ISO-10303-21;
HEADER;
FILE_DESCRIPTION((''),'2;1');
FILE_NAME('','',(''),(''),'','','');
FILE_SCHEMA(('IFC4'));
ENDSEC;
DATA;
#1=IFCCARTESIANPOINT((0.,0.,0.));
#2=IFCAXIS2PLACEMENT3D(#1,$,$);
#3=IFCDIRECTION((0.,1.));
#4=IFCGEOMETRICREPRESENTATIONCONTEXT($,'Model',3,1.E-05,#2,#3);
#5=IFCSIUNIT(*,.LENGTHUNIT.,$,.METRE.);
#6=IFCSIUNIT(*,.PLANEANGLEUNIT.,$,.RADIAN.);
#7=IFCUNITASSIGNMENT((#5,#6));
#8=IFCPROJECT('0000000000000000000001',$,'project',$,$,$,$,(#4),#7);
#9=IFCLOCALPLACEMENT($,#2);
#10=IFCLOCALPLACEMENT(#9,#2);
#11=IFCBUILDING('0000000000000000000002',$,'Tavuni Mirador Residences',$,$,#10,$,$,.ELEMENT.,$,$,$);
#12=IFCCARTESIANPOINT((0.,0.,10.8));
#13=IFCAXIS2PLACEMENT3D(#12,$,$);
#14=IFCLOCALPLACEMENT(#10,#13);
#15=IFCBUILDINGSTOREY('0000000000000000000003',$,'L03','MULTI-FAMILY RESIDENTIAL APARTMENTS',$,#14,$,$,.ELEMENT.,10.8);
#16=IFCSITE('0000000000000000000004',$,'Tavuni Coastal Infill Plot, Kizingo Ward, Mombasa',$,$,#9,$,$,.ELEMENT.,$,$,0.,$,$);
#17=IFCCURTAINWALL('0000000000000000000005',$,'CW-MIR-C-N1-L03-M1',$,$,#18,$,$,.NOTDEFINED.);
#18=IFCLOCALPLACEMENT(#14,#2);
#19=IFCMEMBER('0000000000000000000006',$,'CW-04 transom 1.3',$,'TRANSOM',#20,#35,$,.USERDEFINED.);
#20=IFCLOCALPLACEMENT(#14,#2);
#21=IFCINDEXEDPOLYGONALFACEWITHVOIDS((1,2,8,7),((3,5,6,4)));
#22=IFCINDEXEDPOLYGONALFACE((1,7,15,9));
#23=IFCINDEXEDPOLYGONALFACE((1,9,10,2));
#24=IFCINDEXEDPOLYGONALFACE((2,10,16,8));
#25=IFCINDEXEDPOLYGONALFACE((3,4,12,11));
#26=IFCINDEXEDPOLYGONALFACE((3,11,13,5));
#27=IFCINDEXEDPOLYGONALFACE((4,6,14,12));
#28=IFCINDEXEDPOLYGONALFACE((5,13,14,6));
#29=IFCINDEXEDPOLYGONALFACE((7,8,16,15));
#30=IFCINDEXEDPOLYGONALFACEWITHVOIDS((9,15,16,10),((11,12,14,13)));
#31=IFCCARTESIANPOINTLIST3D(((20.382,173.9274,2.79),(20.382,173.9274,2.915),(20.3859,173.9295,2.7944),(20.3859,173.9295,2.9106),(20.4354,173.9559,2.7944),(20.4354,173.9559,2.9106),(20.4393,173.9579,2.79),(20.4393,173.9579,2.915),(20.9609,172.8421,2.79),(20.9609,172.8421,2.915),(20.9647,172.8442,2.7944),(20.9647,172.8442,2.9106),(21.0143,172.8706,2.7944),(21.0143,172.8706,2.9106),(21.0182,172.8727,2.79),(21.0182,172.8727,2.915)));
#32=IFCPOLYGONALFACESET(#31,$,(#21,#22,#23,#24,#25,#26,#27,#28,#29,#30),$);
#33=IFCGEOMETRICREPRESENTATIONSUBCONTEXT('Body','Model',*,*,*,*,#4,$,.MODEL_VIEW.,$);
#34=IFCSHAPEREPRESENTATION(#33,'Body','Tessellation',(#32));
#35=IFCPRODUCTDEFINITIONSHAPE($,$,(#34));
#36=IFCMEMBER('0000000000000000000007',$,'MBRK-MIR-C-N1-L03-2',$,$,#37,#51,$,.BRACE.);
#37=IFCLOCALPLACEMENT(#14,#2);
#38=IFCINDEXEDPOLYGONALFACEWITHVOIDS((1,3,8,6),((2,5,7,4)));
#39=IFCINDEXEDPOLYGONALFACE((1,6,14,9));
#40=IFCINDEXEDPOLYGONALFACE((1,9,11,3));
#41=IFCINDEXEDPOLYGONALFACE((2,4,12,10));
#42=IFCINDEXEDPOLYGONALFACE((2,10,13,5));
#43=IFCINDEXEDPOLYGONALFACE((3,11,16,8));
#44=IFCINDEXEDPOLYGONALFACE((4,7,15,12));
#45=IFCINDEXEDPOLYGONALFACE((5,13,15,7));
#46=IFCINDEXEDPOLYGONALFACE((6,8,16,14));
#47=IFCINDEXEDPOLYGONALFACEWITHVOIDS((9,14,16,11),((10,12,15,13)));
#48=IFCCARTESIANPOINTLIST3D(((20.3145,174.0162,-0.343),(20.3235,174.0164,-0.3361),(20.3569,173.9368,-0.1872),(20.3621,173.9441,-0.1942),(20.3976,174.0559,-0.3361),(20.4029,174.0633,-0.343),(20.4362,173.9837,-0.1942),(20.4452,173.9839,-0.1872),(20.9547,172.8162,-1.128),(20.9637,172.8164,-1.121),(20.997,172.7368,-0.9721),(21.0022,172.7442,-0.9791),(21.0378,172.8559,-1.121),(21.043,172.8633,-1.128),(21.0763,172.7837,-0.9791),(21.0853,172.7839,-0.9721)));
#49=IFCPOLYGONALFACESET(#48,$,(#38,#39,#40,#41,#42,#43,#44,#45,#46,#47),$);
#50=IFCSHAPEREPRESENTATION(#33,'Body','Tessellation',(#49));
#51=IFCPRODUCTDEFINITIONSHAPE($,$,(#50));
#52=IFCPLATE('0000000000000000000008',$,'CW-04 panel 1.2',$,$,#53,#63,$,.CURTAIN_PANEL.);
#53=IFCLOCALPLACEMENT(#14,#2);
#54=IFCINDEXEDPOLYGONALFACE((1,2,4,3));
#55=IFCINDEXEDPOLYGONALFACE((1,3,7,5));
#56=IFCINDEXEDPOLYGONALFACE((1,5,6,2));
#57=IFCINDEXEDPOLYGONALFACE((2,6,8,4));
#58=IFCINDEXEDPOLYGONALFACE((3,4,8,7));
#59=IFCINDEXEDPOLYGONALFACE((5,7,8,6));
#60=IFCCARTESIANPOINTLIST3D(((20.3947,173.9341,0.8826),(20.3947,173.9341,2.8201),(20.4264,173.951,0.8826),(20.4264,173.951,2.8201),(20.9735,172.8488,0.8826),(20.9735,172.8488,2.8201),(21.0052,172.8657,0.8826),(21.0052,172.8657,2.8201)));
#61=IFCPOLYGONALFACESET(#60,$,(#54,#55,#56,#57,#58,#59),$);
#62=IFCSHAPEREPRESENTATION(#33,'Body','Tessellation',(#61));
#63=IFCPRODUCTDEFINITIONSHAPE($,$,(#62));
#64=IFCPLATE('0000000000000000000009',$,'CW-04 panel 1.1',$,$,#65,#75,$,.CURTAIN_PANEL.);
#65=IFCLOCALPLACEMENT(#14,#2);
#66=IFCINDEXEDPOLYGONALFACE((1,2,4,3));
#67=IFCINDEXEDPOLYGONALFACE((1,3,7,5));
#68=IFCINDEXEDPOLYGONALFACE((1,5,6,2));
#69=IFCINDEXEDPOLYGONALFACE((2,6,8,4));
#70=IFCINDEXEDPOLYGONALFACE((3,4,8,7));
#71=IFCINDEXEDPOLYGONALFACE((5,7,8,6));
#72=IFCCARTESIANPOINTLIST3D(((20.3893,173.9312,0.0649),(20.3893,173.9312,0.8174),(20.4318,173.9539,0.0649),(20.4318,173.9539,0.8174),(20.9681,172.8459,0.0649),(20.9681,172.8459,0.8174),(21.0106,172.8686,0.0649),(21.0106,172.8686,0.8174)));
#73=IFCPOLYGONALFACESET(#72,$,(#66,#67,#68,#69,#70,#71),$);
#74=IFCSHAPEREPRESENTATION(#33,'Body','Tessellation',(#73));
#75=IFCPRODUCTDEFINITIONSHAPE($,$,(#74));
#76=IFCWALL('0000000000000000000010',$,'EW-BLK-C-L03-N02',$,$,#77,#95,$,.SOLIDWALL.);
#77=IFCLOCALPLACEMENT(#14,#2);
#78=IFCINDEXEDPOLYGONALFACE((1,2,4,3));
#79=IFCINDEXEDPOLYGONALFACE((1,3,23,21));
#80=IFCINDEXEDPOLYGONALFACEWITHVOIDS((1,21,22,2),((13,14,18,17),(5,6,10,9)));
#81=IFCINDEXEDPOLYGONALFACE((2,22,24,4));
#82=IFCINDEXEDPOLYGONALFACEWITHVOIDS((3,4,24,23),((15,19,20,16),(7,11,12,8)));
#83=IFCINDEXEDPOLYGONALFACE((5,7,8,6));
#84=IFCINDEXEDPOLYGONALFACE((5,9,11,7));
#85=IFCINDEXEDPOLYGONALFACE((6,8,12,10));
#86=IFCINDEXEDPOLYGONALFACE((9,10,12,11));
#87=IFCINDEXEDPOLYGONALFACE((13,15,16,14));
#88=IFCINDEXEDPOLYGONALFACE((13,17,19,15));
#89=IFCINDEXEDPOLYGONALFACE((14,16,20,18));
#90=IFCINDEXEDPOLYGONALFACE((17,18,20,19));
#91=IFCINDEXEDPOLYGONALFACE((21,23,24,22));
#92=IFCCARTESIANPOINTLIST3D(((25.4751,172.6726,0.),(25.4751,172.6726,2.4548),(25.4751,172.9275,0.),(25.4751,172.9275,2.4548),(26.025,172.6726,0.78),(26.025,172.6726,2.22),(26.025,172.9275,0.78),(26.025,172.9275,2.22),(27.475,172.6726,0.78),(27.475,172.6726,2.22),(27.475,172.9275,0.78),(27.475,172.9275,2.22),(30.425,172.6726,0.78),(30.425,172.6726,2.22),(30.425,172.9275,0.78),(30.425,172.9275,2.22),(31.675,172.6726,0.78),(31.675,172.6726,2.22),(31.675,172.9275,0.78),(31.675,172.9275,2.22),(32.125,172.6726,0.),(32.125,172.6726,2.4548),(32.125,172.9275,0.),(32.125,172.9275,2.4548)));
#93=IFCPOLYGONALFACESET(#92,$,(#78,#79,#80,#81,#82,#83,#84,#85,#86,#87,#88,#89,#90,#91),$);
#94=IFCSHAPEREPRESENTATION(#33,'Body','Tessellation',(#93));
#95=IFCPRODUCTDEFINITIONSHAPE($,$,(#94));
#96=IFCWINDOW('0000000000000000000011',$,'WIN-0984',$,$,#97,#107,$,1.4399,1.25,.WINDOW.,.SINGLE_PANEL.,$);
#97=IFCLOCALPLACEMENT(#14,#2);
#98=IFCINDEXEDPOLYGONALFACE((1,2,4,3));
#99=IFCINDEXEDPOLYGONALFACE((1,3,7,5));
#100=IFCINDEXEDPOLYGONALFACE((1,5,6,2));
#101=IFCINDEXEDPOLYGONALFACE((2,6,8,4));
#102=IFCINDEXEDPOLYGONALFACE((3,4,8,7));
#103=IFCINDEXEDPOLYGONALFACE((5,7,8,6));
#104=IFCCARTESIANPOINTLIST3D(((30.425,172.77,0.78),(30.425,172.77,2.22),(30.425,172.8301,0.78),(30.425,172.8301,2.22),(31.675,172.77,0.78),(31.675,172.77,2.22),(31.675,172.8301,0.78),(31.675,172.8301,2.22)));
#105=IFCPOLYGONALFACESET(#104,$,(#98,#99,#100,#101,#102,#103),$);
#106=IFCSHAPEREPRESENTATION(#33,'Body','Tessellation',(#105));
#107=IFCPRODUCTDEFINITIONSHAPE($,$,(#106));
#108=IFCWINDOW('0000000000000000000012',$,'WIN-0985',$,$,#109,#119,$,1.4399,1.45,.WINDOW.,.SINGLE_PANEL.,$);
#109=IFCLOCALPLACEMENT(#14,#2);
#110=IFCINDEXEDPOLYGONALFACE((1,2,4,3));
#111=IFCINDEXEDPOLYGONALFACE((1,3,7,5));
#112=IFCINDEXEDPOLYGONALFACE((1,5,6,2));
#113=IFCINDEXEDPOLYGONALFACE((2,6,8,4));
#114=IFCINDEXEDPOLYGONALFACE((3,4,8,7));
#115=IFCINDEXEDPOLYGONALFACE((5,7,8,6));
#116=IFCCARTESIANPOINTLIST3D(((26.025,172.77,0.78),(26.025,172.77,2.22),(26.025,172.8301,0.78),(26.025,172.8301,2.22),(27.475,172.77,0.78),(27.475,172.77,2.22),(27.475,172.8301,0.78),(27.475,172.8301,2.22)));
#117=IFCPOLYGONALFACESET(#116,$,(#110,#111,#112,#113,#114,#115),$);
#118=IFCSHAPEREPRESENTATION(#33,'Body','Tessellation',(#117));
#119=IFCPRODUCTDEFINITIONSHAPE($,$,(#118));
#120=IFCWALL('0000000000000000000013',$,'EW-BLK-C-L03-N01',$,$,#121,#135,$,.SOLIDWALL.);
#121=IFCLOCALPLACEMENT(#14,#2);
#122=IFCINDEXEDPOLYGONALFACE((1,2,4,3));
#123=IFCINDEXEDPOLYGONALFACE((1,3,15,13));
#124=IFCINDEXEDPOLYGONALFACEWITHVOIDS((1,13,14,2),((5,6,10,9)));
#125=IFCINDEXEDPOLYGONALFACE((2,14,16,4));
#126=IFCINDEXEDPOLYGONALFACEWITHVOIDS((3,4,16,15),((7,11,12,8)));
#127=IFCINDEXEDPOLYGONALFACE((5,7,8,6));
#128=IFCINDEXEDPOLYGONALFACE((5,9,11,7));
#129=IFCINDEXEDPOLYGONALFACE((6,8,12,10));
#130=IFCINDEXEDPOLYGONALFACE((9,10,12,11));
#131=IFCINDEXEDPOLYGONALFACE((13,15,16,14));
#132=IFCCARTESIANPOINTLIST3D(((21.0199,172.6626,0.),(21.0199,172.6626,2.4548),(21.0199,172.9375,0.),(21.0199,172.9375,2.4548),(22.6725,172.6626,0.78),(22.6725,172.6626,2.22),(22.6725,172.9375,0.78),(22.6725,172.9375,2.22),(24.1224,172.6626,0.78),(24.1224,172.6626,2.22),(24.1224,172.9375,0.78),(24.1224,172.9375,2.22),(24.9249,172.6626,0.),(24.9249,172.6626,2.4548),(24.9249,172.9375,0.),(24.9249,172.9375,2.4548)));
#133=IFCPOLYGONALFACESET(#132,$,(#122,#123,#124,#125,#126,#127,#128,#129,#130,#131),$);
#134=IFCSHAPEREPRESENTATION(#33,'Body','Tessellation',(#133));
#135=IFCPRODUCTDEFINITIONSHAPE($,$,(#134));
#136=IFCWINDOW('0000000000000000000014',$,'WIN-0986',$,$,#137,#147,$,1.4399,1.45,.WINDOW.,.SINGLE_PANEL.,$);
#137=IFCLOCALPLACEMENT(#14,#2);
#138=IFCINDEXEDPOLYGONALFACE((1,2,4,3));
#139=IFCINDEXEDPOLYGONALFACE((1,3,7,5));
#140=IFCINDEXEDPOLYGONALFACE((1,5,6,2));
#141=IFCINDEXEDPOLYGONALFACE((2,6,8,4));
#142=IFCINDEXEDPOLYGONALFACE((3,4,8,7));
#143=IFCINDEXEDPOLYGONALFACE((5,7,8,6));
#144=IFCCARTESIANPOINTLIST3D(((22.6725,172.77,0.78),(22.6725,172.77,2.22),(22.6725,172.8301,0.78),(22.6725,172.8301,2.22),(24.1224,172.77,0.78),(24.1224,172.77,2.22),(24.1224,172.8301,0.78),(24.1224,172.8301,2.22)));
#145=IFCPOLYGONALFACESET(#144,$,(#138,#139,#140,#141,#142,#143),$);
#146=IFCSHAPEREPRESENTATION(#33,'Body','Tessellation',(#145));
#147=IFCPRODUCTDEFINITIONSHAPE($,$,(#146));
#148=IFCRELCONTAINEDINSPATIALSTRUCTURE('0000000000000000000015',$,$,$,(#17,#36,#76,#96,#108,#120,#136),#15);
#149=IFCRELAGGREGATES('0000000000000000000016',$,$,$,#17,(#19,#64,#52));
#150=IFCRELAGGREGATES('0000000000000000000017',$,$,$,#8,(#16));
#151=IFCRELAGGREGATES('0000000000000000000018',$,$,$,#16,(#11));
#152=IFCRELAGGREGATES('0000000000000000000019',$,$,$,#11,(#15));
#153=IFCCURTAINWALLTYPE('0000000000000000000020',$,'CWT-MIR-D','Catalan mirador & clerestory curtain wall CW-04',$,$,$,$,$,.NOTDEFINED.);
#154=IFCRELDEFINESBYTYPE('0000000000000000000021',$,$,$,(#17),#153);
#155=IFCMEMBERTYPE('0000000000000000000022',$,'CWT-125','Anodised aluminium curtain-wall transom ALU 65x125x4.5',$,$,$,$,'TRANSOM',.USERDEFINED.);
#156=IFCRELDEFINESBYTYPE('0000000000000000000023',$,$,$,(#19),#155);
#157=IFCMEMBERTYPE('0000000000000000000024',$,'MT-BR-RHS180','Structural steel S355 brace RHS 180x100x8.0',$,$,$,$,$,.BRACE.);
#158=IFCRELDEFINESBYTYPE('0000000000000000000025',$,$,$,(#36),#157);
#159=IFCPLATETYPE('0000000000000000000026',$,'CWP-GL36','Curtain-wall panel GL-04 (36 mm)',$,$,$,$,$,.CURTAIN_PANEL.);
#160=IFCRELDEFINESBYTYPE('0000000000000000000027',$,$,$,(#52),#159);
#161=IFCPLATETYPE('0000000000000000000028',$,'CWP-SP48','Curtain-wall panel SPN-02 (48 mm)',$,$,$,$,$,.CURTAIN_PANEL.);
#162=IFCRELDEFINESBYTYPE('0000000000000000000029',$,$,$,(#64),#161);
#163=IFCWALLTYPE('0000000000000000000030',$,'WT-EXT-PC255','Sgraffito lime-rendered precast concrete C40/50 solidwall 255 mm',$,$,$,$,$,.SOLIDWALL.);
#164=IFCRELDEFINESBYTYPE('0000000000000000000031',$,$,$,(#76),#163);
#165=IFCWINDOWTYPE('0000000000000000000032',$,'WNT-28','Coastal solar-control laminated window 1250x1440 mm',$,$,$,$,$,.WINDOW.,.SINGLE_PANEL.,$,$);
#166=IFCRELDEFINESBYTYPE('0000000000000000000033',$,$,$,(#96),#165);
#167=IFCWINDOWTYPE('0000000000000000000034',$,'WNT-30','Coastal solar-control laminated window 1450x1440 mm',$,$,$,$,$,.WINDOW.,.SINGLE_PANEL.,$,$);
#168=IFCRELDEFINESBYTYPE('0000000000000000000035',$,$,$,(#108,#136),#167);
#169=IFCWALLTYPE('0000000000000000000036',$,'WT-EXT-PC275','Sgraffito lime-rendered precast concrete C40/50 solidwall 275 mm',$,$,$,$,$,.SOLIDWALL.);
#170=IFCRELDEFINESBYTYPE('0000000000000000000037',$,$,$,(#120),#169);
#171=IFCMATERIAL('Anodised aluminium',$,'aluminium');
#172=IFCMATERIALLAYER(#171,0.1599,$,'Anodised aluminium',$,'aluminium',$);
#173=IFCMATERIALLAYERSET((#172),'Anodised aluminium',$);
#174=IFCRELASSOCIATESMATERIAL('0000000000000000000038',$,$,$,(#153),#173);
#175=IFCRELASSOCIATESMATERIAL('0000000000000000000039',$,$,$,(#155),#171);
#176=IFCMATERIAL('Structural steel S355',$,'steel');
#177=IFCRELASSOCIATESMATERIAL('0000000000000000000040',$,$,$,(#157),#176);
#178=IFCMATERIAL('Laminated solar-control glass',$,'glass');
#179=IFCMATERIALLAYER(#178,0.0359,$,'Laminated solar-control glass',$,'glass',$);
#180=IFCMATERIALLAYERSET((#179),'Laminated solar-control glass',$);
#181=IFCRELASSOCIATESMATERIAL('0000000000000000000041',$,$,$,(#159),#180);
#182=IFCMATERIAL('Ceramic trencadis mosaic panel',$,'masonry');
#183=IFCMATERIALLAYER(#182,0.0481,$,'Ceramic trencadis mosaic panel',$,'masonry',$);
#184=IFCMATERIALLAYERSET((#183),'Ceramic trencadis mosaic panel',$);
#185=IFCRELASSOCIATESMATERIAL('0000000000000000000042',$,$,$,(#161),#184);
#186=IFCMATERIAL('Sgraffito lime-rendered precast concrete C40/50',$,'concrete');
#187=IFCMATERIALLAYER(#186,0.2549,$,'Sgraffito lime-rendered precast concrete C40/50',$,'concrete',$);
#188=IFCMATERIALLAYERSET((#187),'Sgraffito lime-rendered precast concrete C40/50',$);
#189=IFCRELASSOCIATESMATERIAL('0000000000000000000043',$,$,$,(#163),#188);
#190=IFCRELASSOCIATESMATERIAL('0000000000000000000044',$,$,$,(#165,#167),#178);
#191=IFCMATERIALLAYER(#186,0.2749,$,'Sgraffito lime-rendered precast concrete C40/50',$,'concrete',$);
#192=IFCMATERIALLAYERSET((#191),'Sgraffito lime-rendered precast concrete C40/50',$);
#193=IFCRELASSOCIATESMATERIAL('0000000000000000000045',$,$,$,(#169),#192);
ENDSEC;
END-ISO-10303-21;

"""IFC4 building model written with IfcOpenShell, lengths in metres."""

from ifc_helpers import new_model, si_unit, direction, frame, frame_2d, origin, origin_2d, place, context, subcontext, project, spatial, rectangle, hollow_rectangle, extrude, material, layer, layer_set, material_profile, profile_set, type_object, element, fill, aggregate, save


model = new_model("IFC4")

# Units and contexts
model_context = context("Model", 3, precision=1e-05, world=origin(), true_north=direction((0.0, 1.0)))
body_context = subcontext(model_context, "Body", "Model", "MODEL_VIEW")
ifc_project = project(units=[si_unit("LENGTHUNIT", "METRE"), si_unit("PLANEANGLEUNIT", "RADIAN")], contexts=[model_context])

# Site, building, storey
site_placement = place(None, origin())
site = spatial("IfcSite", under=ifc_project, at=site_placement, Name="Tavuni Coastal Infill Plot, Kizingo Ward, Mombasa", CompositionType="ELEMENT", RefElevation=0.0)
building_placement = place(site_placement, origin())
building = spatial("IfcBuilding", under=site, at=building_placement, Name="Tavuni Mirador Residences", CompositionType="ELEMENT")
storey_placement = place(building_placement, frame((0.0, 0.0, 10.8)))
storey = spatial("IfcBuildingStorey", under=building, at=storey_placement, Name="L03", Description="MULTI-FAMILY RESIDENTIAL APARTMENTS", CompositionType="ELEMENT", Elevation=10.8)

# Shared definitions
ifc_material_1 = material(Name="Anodised aluminium", Category="aluminium")

# Curtain wall
ifc_layer_1 = layer(ifc_material_1, 0.1599, Name="Anodised aluminium", Category="aluminium")
ifc_layer_set_1 = layer_set([ifc_layer_1], Name="Anodised aluminium")
curtain_wall_type_1 = type_object("IfcCurtainWallType", Name="CWT-MIR-D", Description="Catalan mirador & clerestory curtain wall CW-04", PredefinedType="NOTDEFINED", material=ifc_layer_set_1)
curtain_wall_1_placement = place(storey_placement, origin())
curtain_wall_1 = element("IfcCurtainWall", 1, at=curtain_wall_1_placement, inside=storey, type_object=curtain_wall_type_1, Name="CW-MIR-C-N1-L03-M1", PredefinedType="NOTDEFINED")

# Members
ifc_material_profile_1 = material_profile(ifc_material_1, hollow_rectangle(XDim=0.0649, YDim=0.125, WallThickness=0.0044, at=origin_2d()), Name="ALU 65x125x4.5", Category="aluminium")
ifc_profile_set_1 = profile_set([ifc_material_profile_1], Name="Anodised aluminium")
member_type_1 = type_object("IfcMemberType", Name="CWT-125", Description="Anodised aluminium curtain-wall transom ALU 65x125x4.5", ElementType="TRANSOM", PredefinedType="USERDEFINED", material=ifc_profile_set_1)
member_1_placement = place(storey_placement, frame((20.9895, 172.8574, 2.8525), z_axis=(-0.47064, 0.882325, 0.0), x_axis=(-0.882325, -0.47064, 0.0)))
member_1 = element("IfcMember", 2, at=member_1_placement, type_object=member_type_1, Name="CW-04 transom 1.3", ObjectType="TRANSOM", PredefinedType="USERDEFINED", context=body_context, shape_type="SweptSolid", body=[
    extrude(hollow_rectangle(XDim=0.0649, YDim=0.125, WallThickness=0.0044, at=origin_2d()), origin(), (0.0, 0.0, 1.0), 1.23),
])
ifc_material_2 = material(Name="Structural steel S355", Category="steel")
ifc_material_profile_2 = material_profile(ifc_material_2, hollow_rectangle(XDim=0.1001, YDim=0.1799, WallThickness=0.0081, at=origin_2d()), Name="RHS 180x100x8.0", Category="steel")
ifc_profile_set_2 = profile_set([ifc_material_profile_2], Name="Structural steel S355")
member_type_2 = type_object("IfcMemberType", Name="MT-BR-RHS180", Description="Structural steel S355 brace RHS 180x100x8.0", PredefinedType="BRACE", material=ifc_profile_set_2)
member_2_placement = place(storey_placement, frame((21.02, 172.8, -1.05), z_axis=(-0.407661, 0.764169, 0.499858), x_axis=(-0.882303, -0.470681, 0.0)))
element("IfcMember", 3, at=member_2_placement, inside=storey, type_object=member_type_2, Name="MBRK-MIR-C-N1-L03-2", PredefinedType="BRACE", context=body_context, shape_type="SweptSolid", body=[
    extrude(hollow_rectangle(XDim=0.1001, YDim=0.1799, WallThickness=0.0081, at=origin_2d()), origin(), (0.0, 0.0, 1.0), 1.5703),
])

# Plates
ifc_material_3 = material(Name="Laminated solar-control glass", Category="glass")
ifc_layer_2 = layer(ifc_material_3, 0.0359, Name="Laminated solar-control glass", Category="glass")
ifc_layer_set_2 = layer_set([ifc_layer_2], Name="Laminated solar-control glass")
plate_type_1 = type_object("IfcPlateType", Name="CWP-GL36", Description="Curtain-wall panel GL-04 (36 mm)", PredefinedType="CURTAIN_PANEL", material=ifc_layer_set_2)
plate_1_placement = place(storey_placement, frame((20.7, 173.3999, 0.8826), z_axis=(0.0, 0.0, 1.0), x_axis=(-0.470588, 0.882353, 0.0)))
plate_1 = element("IfcPlate", 4, at=plate_1_placement, type_object=plate_type_1, Name="CW-04 panel 1.2", PredefinedType="CURTAIN_PANEL", context=body_context, shape_type="SweptSolid", body=[
    extrude(rectangle(XDim=1.23, YDim=0.0359, at=origin_2d()), origin(), (0.0, 0.0, 1.0), 1.9375),
])
ifc_material_4 = material(Name="Ceramic trencadis mosaic panel", Category="masonry")
ifc_layer_3 = layer(ifc_material_4, 0.0481, Name="Ceramic trencadis mosaic panel", Category="masonry")
ifc_layer_set_3 = layer_set([ifc_layer_3], Name="Ceramic trencadis mosaic panel")
plate_type_2 = type_object("IfcPlateType", Name="CWP-SP48", Description="Curtain-wall panel SPN-02 (48 mm)", PredefinedType="CURTAIN_PANEL", material=ifc_layer_set_3)
plate_2_placement = place(storey_placement, frame((20.7, 173.3999, 0.0649), z_axis=(0.0, 0.0, 1.0), x_axis=(-0.470588, 0.882353, 0.0)))
plate_2 = element("IfcPlate", 5, at=plate_2_placement, type_object=plate_type_2, Name="CW-04 panel 1.1", PredefinedType="CURTAIN_PANEL", context=body_context, shape_type="SweptSolid", body=[
    extrude(rectangle(XDim=1.23, YDim=0.0481, at=origin_2d()), origin(), (0.0, 0.0, 1.0), 0.7524),
])
aggregate(curtain_wall_1, [member_1, plate_2, plate_1])

# Wall, openings, windows
ifc_material_5 = material(Name="Sgraffito lime-rendered precast concrete C40/50", Category="concrete")
ifc_layer_4 = layer(ifc_material_5, 0.2549, Name="Sgraffito lime-rendered precast concrete C40/50", Category="concrete")
ifc_layer_set_4 = layer_set([ifc_layer_4], Name="Sgraffito lime-rendered precast concrete C40/50")
wall_type_1 = type_object("IfcWallType", Name="WT-EXT-PC255", Description="Sgraffito lime-rendered precast concrete C40/50 solidwall 255 mm", PredefinedType="SOLIDWALL", material=ifc_layer_set_4)
wall_1_placement = place(storey_placement, frame((32.125, 172.8, 0.0), z_axis=(0.0, 0.0, 1.0), x_axis=(-1.0, 0.0, 0.0)))
wall_1 = element("IfcWall", 6, at=wall_1_placement, inside=storey, type_object=wall_type_1, Name="EW-BLK-C-L03-N02", PredefinedType="SOLIDWALL", context=body_context, shape_type="SweptSolid", body=[
    extrude(rectangle(XDim=6.6499, YDim=0.2549, at=frame_2d((3.325, 0.0))), origin(), (0.0, 0.0, 1.0), 2.4548),
])
opening_1_placement = place(wall_1_placement, frame((0.45, 0.0, 0.78)))
opening_1 = element("IfcOpeningElement", 7, at=opening_1_placement, cuts=wall_1, PredefinedType="OPENING", context=body_context, shape_type="SweptSolid", body=[
    extrude(rectangle(XDim=1.25, YDim=1.4399, at=frame_2d((0.625, 0.72))), frame((0.0, 0.1375, 0.0), z_axis=(0.0, -1.0, 0.0), x_axis=(1.0, 0.0, 0.0)), (0.0, 0.0, 1.0), 0.2749),
])
opening_2_placement = place(wall_1_placement, frame((4.6499, 0.0, 0.78)))
opening_2 = element("IfcOpeningElement", 8, at=opening_2_placement, cuts=wall_1, PredefinedType="OPENING", context=body_context, shape_type="SweptSolid", body=[
    extrude(rectangle(XDim=1.45, YDim=1.4399, at=frame_2d((0.7251, 0.72))), frame((0.0, 0.1375, 0.0), z_axis=(0.0, -1.0, 0.0), x_axis=(1.0, 0.0, 0.0)), (0.0, 0.0, 1.0), 0.2749),
])
window_type_1 = type_object("IfcWindowType", Name="WNT-28", Description="Coastal solar-control laminated window 1250x1440 mm", PartitioningType="SINGLE_PANEL", PredefinedType="WINDOW", material=ifc_material_3)
window_1_placement = place(opening_1_placement, origin())
window_1 = element("IfcWindow", 9, at=window_1_placement, inside=storey, type_object=window_type_1, Name="WIN-0984", OverallHeight=1.4399, OverallWidth=1.25, PartitioningType="SINGLE_PANEL", PredefinedType="WINDOW", context=body_context, shape_type="SweptSolid", body=[
    extrude(rectangle(XDim=1.25, YDim=1.4399, at=frame_2d((0.625, 0.72))), frame((0.0, 0.03, 0.0), z_axis=(0.0, -1.0, 0.0), x_axis=(1.0, 0.0, 0.0)), (0.0, 0.0, 1.0), 0.0601),
])
fill(opening_1, window_1)
window_type_2 = type_object("IfcWindowType", Name="WNT-30", Description="Coastal solar-control laminated window 1450x1440 mm", PartitioningType="SINGLE_PANEL", PredefinedType="WINDOW", material=ifc_material_3)
window_2_placement = place(opening_2_placement, origin())
window_2 = element("IfcWindow", 10, at=window_2_placement, inside=storey, type_object=window_type_2, Name="WIN-0985", OverallHeight=1.4399, OverallWidth=1.45, PartitioningType="SINGLE_PANEL", PredefinedType="WINDOW", context=body_context, shape_type="SweptSolid", body=[
    extrude(rectangle(XDim=1.45, YDim=1.4399, at=frame_2d((0.7251, 0.72))), frame((0.0, 0.03, 0.0), z_axis=(0.0, -1.0, 0.0), x_axis=(1.0, 0.0, 0.0)), (0.0, 0.0, 1.0), 0.0601),
])
fill(opening_2, window_2)

# Wall, opening, window
ifc_layer_5 = layer(ifc_material_5, 0.2749, Name="Sgraffito lime-rendered precast concrete C40/50", Category="concrete")
ifc_layer_set_5 = layer_set([ifc_layer_5], Name="Sgraffito lime-rendered precast concrete C40/50")
wall_type_2 = type_object("IfcWallType", Name="WT-EXT-PC275", Description="Sgraffito lime-rendered precast concrete C40/50 solidwall 275 mm", PredefinedType="SOLIDWALL", material=ifc_layer_set_5)
wall_2_placement = place(storey_placement, frame((24.925, 172.8, 0.0), z_axis=(0.0, 0.0, 1.0), x_axis=(-1.0, 0.0, 0.0)))
wall_2 = element("IfcWall", 11, at=wall_2_placement, inside=storey, type_object=wall_type_2, Name="EW-BLK-C-L03-N01", PredefinedType="SOLIDWALL", context=body_context, shape_type="SweptSolid", body=[
    extrude(rectangle(XDim=3.905, YDim=0.2749, at=frame_2d((1.9526, 0.0))), origin(), (0.0, 0.0, 1.0), 2.4548),
])
opening_3_placement = place(wall_2_placement, frame((0.8025, 0.0, 0.78)))
opening_3 = element("IfcOpeningElement", 12, at=opening_3_placement, cuts=wall_2, PredefinedType="OPENING", context=body_context, shape_type="SweptSolid", body=[
    extrude(rectangle(XDim=1.45, YDim=1.4399, at=frame_2d((0.7251, 0.72))), frame((0.0, 0.1475, 0.0), z_axis=(0.0, -1.0, 0.0), x_axis=(1.0, 0.0, 0.0)), (0.0, 0.0, 1.0), 0.2949),
])
window_3_placement = place(opening_3_placement, origin())
window_3 = element("IfcWindow", 13, at=window_3_placement, inside=storey, type_object=window_type_2, Name="WIN-0986", OverallHeight=1.4399, OverallWidth=1.45, PartitioningType="SINGLE_PANEL", PredefinedType="WINDOW", context=body_context, shape_type="SweptSolid", body=[
    extrude(rectangle(XDim=1.45, YDim=1.4399, at=frame_2d((0.7251, 0.72))), frame((0.0, 0.03, 0.0), z_axis=(0.0, -1.0, 0.0), x_axis=(1.0, 0.0, 0.0)), (0.0, 0.0, 1.0), 0.0601),
])
fill(opening_3, window_3)

save(model, "model.ifc")
